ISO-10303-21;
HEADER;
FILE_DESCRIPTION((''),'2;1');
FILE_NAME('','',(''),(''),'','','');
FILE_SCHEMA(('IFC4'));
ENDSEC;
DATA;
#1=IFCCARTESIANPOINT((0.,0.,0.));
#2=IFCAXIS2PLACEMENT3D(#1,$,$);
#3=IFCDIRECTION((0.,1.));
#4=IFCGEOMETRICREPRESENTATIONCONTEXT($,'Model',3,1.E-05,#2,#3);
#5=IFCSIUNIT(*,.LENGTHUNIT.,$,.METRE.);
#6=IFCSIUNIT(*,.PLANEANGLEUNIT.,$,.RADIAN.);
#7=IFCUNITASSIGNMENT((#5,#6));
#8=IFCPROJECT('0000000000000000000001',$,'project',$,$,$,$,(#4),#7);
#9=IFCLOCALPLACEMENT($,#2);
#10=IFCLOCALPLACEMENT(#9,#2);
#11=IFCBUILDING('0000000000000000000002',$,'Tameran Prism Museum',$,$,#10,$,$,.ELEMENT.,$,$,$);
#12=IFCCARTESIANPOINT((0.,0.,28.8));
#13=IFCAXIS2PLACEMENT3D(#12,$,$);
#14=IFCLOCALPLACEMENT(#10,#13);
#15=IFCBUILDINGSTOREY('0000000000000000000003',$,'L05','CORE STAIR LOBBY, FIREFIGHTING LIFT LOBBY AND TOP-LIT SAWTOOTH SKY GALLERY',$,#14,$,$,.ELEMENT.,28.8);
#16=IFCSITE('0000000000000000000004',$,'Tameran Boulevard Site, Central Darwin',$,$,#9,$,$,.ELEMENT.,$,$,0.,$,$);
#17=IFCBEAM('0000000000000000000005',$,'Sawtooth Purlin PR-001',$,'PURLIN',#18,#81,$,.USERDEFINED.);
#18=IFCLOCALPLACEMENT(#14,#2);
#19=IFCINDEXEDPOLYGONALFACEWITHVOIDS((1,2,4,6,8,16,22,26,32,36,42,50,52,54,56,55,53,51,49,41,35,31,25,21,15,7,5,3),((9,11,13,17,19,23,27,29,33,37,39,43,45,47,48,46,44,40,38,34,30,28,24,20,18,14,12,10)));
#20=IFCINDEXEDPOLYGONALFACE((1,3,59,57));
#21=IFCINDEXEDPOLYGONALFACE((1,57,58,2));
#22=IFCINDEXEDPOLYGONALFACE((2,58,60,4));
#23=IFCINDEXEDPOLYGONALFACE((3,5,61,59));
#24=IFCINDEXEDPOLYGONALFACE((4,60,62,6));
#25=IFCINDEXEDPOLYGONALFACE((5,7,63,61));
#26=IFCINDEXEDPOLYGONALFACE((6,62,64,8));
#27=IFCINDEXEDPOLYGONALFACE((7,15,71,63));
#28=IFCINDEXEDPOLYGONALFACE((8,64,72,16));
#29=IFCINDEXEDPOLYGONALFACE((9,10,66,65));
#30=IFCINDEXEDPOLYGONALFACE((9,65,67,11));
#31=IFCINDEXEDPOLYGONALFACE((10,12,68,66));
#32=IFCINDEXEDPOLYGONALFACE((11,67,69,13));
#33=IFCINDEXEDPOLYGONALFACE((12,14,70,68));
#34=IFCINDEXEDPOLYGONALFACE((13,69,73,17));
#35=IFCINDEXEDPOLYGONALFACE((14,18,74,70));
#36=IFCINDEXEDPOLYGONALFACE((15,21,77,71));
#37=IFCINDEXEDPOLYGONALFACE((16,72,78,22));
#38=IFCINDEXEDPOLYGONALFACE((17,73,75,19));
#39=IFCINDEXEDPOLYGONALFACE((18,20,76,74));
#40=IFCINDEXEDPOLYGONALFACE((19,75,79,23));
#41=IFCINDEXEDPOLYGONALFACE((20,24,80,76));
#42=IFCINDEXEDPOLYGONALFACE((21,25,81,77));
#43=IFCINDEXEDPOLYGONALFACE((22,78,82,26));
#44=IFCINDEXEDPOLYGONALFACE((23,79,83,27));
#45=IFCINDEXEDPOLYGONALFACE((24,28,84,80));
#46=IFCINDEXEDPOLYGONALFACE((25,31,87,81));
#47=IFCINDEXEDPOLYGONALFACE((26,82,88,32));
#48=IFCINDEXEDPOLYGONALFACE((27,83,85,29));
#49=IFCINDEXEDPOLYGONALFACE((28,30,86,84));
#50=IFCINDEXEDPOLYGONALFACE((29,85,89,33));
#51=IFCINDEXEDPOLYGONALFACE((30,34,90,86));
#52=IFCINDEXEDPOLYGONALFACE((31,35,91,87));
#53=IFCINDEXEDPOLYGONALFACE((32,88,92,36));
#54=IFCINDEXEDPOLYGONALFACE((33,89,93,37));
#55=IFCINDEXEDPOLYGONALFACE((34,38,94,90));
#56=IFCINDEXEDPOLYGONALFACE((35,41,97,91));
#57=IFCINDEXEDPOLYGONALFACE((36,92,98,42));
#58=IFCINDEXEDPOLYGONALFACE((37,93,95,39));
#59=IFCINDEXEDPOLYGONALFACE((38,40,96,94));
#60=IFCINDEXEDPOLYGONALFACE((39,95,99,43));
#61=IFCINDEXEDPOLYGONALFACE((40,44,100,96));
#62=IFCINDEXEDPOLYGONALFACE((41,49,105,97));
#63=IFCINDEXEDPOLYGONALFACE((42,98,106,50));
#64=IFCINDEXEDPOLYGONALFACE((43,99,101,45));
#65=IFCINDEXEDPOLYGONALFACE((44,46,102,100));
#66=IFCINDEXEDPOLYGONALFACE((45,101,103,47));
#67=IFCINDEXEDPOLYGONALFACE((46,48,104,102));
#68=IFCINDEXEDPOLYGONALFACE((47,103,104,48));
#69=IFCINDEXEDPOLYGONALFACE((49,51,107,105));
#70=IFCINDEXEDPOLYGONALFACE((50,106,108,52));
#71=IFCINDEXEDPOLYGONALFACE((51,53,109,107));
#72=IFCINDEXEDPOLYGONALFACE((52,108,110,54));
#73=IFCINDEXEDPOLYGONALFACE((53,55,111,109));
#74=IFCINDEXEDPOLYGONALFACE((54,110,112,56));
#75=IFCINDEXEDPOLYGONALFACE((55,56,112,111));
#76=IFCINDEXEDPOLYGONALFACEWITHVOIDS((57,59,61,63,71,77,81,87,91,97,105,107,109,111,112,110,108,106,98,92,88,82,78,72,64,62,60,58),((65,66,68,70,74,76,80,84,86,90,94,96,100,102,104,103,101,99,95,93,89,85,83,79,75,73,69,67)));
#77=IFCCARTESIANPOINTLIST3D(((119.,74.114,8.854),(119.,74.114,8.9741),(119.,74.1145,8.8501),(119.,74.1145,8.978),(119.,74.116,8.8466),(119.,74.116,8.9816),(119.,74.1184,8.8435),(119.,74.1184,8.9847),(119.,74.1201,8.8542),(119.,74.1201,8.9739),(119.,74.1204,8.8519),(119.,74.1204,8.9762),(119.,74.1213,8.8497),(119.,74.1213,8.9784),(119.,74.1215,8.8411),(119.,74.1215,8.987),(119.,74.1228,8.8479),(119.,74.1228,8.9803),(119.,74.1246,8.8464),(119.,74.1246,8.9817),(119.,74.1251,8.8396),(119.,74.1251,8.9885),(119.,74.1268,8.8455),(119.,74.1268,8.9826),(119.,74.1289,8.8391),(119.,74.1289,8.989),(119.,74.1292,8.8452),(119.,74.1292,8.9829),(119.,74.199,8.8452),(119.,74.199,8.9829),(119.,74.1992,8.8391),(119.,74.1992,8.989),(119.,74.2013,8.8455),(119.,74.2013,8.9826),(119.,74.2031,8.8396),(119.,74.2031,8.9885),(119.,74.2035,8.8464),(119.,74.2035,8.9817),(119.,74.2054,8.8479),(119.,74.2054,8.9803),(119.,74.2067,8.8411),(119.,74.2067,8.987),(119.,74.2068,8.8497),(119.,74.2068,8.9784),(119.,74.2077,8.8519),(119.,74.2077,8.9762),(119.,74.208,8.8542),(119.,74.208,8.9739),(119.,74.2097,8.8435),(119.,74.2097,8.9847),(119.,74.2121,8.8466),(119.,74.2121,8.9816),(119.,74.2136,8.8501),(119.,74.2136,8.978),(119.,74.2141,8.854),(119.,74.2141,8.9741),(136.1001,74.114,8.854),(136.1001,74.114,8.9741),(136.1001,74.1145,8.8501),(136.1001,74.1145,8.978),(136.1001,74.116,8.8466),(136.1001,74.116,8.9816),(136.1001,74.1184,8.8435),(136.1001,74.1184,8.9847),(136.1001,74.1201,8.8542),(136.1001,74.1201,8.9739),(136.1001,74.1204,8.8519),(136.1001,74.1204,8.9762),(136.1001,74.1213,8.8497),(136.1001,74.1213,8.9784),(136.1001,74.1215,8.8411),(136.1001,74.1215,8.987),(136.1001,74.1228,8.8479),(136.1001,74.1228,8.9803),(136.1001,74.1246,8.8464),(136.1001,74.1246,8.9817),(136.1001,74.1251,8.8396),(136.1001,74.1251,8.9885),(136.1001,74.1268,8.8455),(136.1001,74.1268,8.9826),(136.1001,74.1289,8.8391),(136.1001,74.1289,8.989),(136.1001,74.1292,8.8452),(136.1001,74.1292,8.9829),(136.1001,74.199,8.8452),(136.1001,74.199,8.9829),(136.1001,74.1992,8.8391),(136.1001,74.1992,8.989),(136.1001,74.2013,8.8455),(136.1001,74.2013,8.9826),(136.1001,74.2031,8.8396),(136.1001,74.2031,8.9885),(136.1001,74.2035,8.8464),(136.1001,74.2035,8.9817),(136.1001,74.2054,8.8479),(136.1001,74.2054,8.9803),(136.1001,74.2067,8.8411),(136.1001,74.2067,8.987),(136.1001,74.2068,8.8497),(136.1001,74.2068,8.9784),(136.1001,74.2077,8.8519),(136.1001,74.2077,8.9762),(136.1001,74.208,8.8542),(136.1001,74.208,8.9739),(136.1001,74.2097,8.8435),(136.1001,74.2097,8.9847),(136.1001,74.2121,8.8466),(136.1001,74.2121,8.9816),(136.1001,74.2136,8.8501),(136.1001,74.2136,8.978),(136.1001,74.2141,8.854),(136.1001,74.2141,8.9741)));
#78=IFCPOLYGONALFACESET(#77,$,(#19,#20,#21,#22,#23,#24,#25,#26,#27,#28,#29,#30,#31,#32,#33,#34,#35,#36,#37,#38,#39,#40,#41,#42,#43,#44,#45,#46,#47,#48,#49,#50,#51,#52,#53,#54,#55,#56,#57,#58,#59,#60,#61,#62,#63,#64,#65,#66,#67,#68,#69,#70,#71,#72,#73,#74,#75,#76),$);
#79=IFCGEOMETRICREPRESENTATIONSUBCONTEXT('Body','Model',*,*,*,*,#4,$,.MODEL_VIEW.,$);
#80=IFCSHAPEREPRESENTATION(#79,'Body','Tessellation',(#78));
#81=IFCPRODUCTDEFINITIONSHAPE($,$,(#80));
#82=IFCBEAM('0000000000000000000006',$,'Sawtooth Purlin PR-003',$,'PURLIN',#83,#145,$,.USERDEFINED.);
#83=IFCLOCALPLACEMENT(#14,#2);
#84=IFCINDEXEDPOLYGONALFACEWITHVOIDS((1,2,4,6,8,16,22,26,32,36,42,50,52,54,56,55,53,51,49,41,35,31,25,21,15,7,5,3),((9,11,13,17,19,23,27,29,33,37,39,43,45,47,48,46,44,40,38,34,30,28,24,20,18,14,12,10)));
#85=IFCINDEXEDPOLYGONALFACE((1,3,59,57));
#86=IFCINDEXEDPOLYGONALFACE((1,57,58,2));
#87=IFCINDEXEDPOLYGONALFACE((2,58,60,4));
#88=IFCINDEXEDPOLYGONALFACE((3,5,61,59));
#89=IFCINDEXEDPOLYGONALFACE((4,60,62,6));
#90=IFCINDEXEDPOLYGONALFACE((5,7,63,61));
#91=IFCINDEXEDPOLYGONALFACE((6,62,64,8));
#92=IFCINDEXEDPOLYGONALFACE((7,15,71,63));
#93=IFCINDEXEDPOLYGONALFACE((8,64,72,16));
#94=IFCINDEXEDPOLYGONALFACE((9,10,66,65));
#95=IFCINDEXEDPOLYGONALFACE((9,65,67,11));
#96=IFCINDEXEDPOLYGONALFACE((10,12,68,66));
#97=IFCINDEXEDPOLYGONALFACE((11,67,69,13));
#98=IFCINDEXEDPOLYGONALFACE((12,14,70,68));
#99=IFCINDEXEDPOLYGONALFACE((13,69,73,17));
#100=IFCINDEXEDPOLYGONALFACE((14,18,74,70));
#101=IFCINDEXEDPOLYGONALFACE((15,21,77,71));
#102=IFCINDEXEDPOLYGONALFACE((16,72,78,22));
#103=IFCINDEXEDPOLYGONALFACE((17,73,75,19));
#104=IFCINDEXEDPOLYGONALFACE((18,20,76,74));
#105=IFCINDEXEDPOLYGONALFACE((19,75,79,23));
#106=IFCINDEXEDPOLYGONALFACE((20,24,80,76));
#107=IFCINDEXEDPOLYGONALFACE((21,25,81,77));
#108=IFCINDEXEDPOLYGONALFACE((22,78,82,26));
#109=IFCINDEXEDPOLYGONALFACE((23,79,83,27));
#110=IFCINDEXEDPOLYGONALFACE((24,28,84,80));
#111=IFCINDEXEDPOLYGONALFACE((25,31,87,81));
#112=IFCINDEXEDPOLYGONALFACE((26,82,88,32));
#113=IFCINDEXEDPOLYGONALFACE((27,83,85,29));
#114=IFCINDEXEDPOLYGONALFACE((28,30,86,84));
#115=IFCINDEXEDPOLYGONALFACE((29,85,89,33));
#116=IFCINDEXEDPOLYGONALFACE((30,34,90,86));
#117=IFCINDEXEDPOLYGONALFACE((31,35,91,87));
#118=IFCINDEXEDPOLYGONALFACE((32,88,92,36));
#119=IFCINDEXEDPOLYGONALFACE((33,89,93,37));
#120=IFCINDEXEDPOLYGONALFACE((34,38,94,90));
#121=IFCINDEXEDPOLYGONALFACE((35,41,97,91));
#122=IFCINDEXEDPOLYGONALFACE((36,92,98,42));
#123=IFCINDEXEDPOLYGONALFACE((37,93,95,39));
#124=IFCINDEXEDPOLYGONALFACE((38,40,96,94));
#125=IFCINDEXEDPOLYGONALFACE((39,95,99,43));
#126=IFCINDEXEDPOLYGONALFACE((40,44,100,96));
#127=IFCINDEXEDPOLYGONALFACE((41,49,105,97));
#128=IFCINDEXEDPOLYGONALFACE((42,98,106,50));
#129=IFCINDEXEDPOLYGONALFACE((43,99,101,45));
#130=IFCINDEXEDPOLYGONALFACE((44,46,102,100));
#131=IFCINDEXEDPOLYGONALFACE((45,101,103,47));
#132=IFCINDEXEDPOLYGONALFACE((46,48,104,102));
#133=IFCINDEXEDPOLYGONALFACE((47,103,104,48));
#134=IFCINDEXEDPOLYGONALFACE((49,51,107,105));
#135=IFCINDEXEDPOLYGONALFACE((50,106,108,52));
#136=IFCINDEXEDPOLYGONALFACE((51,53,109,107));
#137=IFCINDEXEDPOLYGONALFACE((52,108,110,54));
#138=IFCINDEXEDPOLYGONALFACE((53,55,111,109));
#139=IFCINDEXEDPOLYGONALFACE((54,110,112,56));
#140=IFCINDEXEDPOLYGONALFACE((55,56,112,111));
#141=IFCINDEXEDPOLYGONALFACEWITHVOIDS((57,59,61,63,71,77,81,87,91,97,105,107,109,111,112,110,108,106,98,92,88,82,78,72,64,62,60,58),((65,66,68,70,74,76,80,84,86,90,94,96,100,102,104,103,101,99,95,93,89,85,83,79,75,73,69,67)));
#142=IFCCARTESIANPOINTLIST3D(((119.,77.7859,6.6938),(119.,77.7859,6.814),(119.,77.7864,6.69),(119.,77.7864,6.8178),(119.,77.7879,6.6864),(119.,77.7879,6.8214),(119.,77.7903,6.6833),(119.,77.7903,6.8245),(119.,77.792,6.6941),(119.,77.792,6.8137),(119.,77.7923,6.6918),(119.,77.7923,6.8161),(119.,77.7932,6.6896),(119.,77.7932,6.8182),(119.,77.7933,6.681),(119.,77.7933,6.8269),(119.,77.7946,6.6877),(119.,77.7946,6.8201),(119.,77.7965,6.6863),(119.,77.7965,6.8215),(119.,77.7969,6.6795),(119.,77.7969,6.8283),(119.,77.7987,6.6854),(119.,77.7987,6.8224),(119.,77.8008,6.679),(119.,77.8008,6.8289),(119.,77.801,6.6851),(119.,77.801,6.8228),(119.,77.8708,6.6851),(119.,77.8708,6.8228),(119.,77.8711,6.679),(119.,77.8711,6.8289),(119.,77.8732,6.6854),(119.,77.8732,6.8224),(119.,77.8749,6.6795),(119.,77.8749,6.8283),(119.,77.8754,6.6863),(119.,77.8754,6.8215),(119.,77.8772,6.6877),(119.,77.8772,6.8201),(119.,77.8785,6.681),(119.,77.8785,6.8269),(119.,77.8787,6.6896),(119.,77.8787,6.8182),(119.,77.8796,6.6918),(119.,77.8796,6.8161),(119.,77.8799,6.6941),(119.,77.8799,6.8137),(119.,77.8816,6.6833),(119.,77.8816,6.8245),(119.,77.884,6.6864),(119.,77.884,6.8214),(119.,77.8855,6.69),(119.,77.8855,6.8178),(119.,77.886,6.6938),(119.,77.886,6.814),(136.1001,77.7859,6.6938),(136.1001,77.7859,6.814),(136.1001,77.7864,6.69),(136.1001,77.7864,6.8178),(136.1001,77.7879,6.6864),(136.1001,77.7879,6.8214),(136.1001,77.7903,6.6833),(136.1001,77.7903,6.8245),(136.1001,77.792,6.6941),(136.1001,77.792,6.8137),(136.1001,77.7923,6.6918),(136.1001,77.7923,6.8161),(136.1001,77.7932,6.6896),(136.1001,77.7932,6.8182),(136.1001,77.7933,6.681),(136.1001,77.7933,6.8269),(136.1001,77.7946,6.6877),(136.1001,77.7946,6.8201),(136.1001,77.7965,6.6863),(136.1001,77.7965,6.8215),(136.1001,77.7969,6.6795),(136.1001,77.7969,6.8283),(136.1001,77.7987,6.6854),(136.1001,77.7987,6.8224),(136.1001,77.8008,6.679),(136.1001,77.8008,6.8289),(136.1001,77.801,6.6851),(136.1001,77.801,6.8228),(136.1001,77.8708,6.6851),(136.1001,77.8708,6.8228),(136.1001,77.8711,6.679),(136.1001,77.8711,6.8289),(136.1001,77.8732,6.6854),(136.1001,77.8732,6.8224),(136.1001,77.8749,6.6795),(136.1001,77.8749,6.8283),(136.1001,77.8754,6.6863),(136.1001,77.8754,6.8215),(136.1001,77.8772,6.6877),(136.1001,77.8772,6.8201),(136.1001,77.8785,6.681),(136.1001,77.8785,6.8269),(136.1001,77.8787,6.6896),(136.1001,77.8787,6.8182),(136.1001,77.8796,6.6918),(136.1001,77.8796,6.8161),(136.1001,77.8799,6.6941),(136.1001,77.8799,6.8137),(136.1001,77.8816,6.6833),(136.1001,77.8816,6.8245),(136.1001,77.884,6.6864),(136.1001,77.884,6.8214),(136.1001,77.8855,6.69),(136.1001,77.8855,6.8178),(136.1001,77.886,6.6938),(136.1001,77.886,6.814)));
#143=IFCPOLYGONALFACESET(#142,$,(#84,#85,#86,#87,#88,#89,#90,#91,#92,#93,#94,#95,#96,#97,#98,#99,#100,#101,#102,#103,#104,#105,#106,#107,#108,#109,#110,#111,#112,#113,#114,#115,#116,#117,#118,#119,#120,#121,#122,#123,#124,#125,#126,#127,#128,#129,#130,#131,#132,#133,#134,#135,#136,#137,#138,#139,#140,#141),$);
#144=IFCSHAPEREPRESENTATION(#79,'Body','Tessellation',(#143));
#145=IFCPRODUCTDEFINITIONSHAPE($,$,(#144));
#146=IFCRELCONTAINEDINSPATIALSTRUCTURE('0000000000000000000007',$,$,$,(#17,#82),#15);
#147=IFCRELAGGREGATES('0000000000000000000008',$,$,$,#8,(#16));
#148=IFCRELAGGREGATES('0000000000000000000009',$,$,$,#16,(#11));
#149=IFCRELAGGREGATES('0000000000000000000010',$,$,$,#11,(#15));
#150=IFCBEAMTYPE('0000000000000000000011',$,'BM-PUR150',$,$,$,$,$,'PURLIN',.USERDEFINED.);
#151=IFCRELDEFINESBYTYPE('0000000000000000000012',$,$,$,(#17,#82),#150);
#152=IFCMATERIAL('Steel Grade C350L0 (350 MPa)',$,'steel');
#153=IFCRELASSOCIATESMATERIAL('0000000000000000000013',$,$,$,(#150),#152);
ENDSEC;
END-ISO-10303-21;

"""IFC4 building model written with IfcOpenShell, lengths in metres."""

from ifc_helpers import new_model, si_unit, direction, frame, origin, origin_2d, place, context, subcontext, project, spatial, hollow_rectangle, extrude, material, material_profile, profile_set, type_object, element, save


model = new_model("IFC4")

# Units and contexts
model_context = context("Model", 3, precision=1e-05, world=origin(), true_north=direction((0.0, 1.0)))
body_context = subcontext(model_context, "Body", "Model", "MODEL_VIEW")
ifc_project = project(units=[si_unit("LENGTHUNIT", "METRE"), si_unit("PLANEANGLEUNIT", "RADIAN")], contexts=[model_context])

# Site, building, storey
site_placement = place(None, origin())
site = spatial("IfcSite", under=ifc_project, at=site_placement, Name="Tameran Boulevard Site, Central Darwin", CompositionType="ELEMENT", RefElevation=0.0)
building_placement = place(site_placement, origin())
building = spatial("IfcBuilding", under=site, at=building_placement, Name="Tameran Prism Museum", CompositionType="ELEMENT")
storey_placement = place(building_placement, frame((0.0, 0.0, 28.8)))
storey = spatial("IfcBuildingStorey", under=building, at=storey_placement, Name="L05", Description="CORE STAIR LOBBY, FIREFIGHTING LIFT LOBBY AND TOP-LIT SAWTOOTH SKY GALLERY", CompositionType="ELEMENT", Elevation=28.8)

# Beams
ifc_material_1 = material(Name="Steel Grade C350L0 (350 MPa)", Category="steel")
ifc_material_profile_1 = material_profile(ifc_material_1, hollow_rectangle(XDim=0.1001, YDim=0.1499, WallThickness=0.0061, InnerFilletRadius=0.009, OuterFilletRadius=0.0149, at=origin_2d()))
ifc_profile_set_1 = profile_set([ifc_material_profile_1])
beam_type_1 = type_object("IfcBeamType", Name="BM-PUR150", ElementType="PURLIN", PredefinedType="USERDEFINED", material=ifc_profile_set_1)
for number, where, z_axis, x_axis, name in (
    (1, (119.0, 74.1641, 8.9141), (1.0, 0.0, 0.0), (0.0, 1.0, 0.0), "Sawtooth Purlin PR-001"),
    (2, (119.0, 77.8359, 6.7539), (1.0, 0.0, 0.0), (0.0, 1.0, 0.0), "Sawtooth Purlin PR-003"),
):
    element("IfcBeam", number, at=place(storey_placement, frame(where, z_axis=z_axis, x_axis=x_axis)), inside=storey, type_object=beam_type_1, Name=name, ObjectType="PURLIN", PredefinedType="USERDEFINED", context=body_context, shape_type="SweptSolid", body=[
        extrude(hollow_rectangle(XDim=0.1001, YDim=0.1499, WallThickness=0.0061, InnerFilletRadius=0.009, OuterFilletRadius=0.0149, at=origin_2d()), origin(), (0.0, 0.0, 1.0), 17.1001),
    ])

save(model, "model.ifc")
